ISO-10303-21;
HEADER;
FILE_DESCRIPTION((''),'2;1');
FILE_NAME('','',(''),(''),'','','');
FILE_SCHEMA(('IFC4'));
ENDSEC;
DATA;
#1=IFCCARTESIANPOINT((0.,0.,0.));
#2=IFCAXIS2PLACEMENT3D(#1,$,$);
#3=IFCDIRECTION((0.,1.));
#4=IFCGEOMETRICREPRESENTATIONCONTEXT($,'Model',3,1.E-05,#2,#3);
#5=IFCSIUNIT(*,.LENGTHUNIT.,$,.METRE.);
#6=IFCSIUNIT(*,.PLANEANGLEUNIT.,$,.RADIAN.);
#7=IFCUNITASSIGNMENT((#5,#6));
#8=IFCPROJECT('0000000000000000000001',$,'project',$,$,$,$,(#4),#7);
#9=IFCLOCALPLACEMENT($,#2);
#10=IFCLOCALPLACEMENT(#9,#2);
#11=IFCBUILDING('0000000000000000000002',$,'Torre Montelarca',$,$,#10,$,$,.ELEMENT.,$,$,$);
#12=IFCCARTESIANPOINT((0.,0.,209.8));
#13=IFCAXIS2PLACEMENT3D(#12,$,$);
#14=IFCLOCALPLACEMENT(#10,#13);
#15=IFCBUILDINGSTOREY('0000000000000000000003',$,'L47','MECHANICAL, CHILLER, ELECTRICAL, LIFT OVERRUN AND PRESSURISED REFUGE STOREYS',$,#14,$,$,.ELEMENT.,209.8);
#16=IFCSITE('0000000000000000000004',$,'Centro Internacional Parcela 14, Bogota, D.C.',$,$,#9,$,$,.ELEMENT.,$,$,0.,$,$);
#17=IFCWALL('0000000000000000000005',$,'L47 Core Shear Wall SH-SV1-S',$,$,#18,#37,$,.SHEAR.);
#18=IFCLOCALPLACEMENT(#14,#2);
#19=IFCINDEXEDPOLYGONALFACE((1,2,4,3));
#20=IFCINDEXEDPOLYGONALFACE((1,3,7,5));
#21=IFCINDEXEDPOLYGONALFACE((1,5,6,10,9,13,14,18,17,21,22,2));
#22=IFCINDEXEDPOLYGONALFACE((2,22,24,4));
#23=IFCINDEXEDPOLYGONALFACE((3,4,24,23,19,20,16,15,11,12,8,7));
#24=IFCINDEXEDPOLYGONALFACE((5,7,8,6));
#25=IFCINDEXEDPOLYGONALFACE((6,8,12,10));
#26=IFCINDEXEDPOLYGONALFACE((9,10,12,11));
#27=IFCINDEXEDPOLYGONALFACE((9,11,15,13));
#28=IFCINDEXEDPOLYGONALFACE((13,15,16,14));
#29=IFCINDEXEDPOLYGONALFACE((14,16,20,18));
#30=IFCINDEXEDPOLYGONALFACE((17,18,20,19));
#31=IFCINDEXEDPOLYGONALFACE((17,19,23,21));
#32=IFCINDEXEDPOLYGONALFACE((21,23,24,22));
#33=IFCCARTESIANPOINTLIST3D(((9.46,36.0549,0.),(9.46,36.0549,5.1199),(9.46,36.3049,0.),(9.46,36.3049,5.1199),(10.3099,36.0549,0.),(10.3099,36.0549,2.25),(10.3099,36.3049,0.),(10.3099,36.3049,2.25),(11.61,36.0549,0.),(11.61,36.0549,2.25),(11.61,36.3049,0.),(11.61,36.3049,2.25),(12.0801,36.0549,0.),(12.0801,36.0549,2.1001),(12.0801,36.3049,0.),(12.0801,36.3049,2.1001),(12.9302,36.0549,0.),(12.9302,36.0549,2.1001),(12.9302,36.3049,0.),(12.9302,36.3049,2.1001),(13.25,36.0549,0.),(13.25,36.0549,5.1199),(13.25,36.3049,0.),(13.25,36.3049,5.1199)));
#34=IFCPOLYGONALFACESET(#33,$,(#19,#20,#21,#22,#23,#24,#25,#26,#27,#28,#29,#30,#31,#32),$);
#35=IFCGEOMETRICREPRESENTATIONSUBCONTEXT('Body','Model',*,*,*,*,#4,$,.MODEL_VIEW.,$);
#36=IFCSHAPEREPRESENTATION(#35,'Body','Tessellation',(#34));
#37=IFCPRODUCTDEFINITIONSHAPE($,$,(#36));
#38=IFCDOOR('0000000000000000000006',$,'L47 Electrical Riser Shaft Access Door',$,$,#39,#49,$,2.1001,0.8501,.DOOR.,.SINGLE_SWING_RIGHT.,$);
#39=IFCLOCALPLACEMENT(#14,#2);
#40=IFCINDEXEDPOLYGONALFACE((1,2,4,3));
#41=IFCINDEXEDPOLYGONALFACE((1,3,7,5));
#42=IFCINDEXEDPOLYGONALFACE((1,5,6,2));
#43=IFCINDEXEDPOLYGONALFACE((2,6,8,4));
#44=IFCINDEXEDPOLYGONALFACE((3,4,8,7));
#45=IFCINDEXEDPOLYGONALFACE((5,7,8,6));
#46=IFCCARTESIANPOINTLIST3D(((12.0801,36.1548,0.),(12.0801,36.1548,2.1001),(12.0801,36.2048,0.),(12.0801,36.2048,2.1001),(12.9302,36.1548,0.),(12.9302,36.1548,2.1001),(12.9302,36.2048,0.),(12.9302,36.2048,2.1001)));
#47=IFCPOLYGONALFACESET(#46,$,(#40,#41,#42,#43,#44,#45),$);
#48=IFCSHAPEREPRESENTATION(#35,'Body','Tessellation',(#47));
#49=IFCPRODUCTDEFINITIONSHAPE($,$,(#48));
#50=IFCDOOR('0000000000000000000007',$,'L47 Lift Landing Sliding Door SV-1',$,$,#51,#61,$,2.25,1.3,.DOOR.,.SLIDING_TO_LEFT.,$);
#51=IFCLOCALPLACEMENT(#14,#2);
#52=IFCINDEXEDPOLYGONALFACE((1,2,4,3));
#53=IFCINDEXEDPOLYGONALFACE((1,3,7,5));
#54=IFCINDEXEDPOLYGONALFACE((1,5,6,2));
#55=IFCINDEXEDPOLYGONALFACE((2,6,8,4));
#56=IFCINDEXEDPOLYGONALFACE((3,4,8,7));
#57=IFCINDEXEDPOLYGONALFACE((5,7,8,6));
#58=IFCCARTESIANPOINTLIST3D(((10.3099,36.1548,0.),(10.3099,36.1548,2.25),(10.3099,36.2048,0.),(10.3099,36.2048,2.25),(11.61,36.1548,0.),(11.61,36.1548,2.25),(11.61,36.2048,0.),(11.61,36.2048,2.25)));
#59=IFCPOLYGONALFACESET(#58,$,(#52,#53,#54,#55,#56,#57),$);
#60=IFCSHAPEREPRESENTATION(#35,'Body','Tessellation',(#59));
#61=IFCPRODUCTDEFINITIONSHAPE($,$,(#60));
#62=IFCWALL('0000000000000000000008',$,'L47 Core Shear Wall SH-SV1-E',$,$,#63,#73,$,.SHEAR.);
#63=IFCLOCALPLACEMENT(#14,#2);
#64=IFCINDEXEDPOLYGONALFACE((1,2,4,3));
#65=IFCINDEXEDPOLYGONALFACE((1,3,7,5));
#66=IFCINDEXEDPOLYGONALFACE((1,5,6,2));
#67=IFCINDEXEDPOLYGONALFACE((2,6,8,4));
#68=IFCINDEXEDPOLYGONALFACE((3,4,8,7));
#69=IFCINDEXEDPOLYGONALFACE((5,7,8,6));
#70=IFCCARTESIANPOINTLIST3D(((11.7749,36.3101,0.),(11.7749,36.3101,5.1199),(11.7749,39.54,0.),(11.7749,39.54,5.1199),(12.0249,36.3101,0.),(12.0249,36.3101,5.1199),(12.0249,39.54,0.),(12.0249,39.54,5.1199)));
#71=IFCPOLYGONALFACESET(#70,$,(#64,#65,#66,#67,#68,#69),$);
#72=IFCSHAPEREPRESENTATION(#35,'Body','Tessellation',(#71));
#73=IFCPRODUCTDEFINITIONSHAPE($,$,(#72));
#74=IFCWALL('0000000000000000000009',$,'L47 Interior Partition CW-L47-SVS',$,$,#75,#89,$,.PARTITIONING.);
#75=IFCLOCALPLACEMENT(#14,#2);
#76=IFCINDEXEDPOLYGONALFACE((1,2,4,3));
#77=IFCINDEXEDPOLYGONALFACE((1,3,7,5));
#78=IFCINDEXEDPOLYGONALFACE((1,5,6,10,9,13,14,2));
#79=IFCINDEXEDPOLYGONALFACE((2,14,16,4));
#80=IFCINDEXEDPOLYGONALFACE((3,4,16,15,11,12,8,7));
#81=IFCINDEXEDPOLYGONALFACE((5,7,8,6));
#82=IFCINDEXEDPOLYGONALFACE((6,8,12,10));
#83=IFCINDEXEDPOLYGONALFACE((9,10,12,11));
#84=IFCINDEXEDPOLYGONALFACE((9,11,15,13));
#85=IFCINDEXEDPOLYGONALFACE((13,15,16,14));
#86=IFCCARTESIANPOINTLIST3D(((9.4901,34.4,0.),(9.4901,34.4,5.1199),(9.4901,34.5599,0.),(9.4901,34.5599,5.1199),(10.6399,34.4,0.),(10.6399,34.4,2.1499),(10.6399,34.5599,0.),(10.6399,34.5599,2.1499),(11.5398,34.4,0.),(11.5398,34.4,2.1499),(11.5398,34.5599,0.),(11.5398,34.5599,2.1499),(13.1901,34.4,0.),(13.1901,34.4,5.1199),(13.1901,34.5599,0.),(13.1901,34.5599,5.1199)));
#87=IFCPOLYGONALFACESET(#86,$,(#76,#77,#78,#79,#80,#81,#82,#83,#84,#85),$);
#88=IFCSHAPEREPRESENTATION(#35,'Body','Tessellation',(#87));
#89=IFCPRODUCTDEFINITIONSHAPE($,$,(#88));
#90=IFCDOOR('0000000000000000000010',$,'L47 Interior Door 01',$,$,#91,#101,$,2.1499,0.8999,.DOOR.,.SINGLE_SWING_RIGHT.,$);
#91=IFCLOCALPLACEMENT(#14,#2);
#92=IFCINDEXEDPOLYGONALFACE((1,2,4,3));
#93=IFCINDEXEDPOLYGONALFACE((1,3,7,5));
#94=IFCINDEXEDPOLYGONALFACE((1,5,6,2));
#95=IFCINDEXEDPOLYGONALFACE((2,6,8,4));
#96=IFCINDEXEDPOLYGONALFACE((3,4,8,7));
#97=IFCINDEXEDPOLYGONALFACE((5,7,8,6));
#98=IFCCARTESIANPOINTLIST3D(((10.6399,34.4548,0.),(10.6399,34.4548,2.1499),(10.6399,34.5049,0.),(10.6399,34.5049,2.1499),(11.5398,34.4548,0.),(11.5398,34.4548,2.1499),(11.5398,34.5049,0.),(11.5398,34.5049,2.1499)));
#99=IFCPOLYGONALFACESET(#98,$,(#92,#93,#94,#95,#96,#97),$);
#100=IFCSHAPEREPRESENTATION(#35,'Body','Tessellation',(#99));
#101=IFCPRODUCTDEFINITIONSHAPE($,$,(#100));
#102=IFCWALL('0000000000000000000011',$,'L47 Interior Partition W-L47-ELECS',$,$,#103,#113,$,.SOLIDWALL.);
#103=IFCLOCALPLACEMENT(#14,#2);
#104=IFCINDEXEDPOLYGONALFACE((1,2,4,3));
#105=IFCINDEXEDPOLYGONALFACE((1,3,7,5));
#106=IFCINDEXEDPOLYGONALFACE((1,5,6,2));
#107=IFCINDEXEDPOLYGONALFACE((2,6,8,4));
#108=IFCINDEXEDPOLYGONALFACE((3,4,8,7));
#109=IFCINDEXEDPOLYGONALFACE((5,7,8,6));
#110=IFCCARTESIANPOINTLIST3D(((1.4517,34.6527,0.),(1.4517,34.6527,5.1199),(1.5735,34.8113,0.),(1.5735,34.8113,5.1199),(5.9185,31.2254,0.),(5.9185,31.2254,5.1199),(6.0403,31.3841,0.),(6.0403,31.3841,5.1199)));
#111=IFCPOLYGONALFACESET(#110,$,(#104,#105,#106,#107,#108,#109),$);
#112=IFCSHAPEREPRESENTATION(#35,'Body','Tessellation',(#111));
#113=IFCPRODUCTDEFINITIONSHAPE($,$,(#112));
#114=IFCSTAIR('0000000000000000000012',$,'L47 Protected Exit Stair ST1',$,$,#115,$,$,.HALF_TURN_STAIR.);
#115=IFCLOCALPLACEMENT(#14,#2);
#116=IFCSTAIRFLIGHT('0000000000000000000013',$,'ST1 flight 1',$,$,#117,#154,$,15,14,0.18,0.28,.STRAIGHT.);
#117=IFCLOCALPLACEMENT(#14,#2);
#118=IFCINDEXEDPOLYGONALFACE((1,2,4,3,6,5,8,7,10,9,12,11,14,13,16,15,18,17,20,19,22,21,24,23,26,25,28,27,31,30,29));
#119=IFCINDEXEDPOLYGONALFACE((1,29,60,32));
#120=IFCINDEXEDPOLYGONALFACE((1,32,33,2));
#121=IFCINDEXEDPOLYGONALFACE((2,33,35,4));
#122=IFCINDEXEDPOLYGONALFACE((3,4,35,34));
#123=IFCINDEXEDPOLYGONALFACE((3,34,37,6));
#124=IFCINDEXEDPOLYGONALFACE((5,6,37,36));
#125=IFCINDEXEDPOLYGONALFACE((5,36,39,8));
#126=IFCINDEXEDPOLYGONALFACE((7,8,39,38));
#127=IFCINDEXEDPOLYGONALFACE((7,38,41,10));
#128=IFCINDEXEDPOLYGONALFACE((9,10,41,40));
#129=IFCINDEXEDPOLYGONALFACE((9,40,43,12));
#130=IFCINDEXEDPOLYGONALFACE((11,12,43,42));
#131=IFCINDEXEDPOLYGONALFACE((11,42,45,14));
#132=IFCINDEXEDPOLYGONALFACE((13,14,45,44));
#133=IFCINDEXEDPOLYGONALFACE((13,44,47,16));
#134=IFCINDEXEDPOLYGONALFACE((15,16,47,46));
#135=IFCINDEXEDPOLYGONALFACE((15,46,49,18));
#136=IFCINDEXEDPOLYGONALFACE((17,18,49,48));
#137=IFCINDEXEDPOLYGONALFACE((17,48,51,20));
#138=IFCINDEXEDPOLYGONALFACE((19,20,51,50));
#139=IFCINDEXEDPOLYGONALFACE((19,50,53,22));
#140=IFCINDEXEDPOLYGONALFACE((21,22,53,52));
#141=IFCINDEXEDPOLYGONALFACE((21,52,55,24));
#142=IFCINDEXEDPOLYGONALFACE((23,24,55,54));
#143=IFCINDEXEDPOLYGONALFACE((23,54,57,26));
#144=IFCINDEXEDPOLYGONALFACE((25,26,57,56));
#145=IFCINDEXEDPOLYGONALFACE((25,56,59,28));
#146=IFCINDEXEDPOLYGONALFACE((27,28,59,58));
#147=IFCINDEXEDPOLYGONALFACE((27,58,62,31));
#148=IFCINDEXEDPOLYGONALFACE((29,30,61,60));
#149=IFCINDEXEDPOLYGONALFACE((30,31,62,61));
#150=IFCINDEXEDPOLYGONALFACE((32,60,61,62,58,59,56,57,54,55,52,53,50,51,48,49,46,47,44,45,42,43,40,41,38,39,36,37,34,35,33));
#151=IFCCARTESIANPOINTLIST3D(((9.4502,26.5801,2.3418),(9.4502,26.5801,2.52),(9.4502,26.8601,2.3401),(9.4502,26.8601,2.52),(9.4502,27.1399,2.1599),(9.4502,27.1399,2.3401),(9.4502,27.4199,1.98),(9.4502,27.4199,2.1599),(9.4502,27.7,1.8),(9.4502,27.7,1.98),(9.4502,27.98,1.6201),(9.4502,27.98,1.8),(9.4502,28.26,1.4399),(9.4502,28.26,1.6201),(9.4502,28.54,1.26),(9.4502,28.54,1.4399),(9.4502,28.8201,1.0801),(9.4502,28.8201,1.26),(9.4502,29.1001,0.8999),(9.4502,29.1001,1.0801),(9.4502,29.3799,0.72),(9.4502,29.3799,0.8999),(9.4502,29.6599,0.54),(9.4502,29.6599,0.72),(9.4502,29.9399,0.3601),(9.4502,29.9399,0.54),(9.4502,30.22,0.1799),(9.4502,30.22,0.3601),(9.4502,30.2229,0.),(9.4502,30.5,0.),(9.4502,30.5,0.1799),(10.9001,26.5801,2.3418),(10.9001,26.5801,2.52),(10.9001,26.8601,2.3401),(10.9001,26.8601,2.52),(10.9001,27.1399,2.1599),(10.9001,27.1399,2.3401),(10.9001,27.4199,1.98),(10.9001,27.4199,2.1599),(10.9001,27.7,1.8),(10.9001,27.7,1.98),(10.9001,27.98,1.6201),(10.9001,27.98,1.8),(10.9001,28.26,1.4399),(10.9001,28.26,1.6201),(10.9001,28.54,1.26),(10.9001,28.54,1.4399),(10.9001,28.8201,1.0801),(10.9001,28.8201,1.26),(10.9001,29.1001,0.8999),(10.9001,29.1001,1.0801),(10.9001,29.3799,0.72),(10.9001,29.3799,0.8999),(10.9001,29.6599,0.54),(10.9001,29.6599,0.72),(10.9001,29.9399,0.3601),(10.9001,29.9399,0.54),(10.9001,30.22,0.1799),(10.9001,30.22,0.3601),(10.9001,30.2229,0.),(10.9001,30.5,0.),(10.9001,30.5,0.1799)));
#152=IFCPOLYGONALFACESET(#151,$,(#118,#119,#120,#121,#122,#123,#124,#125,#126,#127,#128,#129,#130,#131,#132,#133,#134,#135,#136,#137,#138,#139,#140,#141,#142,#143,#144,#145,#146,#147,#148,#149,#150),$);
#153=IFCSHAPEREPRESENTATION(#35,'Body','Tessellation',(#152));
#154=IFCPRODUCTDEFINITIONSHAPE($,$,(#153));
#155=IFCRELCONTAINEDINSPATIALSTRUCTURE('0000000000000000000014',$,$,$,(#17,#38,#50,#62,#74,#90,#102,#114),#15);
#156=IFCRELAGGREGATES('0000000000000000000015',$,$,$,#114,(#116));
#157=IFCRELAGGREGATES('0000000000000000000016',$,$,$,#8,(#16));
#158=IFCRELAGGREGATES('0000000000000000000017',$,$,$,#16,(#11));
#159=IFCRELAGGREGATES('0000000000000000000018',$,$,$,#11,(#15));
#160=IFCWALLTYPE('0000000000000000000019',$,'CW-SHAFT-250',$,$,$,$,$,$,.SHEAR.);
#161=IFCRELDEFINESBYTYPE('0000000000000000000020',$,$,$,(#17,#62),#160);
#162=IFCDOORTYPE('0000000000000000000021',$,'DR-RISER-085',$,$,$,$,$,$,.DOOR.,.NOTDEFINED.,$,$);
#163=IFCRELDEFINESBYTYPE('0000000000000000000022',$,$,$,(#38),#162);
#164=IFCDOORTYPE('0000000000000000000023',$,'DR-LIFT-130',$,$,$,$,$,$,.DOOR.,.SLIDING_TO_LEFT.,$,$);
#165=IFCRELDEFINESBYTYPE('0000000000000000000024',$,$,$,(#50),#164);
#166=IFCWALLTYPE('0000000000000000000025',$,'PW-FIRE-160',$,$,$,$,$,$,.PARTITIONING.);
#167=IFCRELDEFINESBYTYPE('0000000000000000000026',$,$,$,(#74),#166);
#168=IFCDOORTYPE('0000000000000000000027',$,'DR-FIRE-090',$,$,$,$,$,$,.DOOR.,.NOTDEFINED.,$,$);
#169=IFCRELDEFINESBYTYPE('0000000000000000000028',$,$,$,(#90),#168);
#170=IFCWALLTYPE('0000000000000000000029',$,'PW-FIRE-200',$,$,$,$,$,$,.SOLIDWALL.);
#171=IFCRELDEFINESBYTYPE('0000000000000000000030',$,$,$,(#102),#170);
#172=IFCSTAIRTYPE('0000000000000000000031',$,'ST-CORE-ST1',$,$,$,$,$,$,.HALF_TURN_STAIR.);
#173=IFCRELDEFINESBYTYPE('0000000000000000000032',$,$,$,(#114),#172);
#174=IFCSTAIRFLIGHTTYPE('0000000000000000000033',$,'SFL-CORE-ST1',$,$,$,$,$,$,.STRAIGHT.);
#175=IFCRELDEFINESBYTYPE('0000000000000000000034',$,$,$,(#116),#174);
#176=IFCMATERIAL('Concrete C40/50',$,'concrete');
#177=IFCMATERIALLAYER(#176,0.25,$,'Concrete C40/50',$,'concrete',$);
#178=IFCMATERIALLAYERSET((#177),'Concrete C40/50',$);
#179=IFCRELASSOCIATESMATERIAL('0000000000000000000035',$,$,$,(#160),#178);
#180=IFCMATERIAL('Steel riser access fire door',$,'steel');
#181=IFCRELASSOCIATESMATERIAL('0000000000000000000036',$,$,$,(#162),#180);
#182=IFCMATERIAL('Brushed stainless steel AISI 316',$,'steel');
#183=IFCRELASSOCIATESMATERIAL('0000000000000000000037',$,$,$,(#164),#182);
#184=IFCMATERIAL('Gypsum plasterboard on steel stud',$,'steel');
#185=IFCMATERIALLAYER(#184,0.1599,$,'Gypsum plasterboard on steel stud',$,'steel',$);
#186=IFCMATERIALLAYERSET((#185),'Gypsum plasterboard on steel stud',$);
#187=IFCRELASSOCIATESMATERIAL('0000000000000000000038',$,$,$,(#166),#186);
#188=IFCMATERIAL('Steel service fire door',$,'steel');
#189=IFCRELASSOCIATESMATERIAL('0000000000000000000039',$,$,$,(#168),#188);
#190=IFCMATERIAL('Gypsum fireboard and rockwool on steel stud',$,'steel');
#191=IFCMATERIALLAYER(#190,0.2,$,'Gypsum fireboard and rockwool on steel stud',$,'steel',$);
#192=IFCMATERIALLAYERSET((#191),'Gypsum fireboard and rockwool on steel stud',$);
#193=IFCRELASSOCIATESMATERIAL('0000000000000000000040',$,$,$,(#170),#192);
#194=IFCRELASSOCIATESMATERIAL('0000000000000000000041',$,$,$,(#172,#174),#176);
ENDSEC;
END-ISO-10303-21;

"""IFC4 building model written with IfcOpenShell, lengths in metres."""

from ifc_helpers import new_model, si_unit, direction, frame, frame_2d, origin, place, context, subcontext, project, spatial, polyline, rectangle, outline, extrude, source, transform, mapped, material, layer, layer_set, type_object, element, fill, aggregate, save


model = new_model("IFC4")

# Units and contexts
model_context = context("Model", 3, precision=1e-05, world=origin(), true_north=direction((0.0, 1.0)))
body_context = subcontext(model_context, "Body", "Model", "MODEL_VIEW")
ifc_project = project(units=[si_unit("LENGTHUNIT", "METRE"), si_unit("PLANEANGLEUNIT", "RADIAN")], contexts=[model_context])

# Site, building, storey
site_placement = place(None, origin())
site = spatial("IfcSite", under=ifc_project, at=site_placement, Name="Centro Internacional Parcela 14, Bogota, D.C.", CompositionType="ELEMENT", RefElevation=0.0)
building_placement = place(site_placement, origin())
building = spatial("IfcBuilding", under=site, at=building_placement, Name="Torre Montelarca", CompositionType="ELEMENT")
storey_placement = place(building_placement, frame((0.0, 0.0, 209.8)))
storey = spatial("IfcBuildingStorey", under=building, at=storey_placement, Name="L47", Description="MECHANICAL, CHILLER, ELECTRICAL, LIFT OVERRUN AND PRESSURISED REFUGE STOREYS", CompositionType="ELEMENT", Elevation=209.8)

# Shared definitions
ifc_material_1 = material(Name="Concrete C40/50", Category="concrete")
ifc_layer_1 = layer(ifc_material_1, 0.25, Name="Concrete C40/50", Category="concrete")
ifc_layer_set_1 = layer_set([ifc_layer_1], Name="Concrete C40/50")
wall_type_1 = type_object("IfcWallType", Name="CW-SHAFT-250", PredefinedType="SHEAR", material=ifc_layer_set_1)

# Wall, openings, doors
wall_1_placement = place(storey_placement, frame((9.46, 36.1799, 0.0), z_axis=(0.0, 0.0, 1.0), x_axis=(1.0, 0.0, 0.0)))
wall_1 = element("IfcWall", 1, at=wall_1_placement, inside=storey, type_object=wall_type_1, Name="L47 Core Shear Wall SH-SV1-S", PredefinedType="SHEAR", context=body_context, shape_type="SweptSolid", body=[
    extrude(rectangle(XDim=3.79, YDim=0.25, at=frame_2d((1.895, 0.0))), origin(), (0.0, 0.0, 1.0), 5.1199),
])
opening_1_placement = place(wall_1_placement, frame((2.6201, 0.0, 0.0)))
opening_1 = element("IfcOpeningElement", 2, at=opening_1_placement, cuts=wall_1, PredefinedType="OPENING", context=body_context, shape_type="SweptSolid", body=[
    extrude(rectangle(XDim=0.8501, YDim=2.1001, at=frame_2d((0.425, 1.05))), frame((0.0, 0.135, 0.0), z_axis=(0.0, -1.0, 0.0), x_axis=(1.0, 0.0, 0.0)), (0.0, 0.0, 1.0), 0.27),
])
opening_2_placement = place(wall_1_placement, frame((0.8501, 0.0, 0.0)))
opening_2 = element("IfcOpeningElement", 3, at=opening_2_placement, cuts=wall_1, PredefinedType="OPENING", context=body_context, shape_type="SweptSolid", body=[
    extrude(rectangle(XDim=1.3, YDim=2.25, at=frame_2d((0.6499, 1.125))), frame((0.0, 0.135, 0.0), z_axis=(0.0, -1.0, 0.0), x_axis=(1.0, 0.0, 0.0)), (0.0, 0.0, 1.0), 0.27),
])
ifc_material_2 = material(Name="Steel riser access fire door", Category="steel")
door_type_1 = type_object("IfcDoorType", Name="DR-RISER-085", OperationType="NOTDEFINED", PredefinedType="DOOR", material=ifc_material_2)
shared_shape_1 = source(origin(), body_context, "Body", "SweptSolid", [
    extrude(rectangle(XDim=0.8501, YDim=2.1001, at=frame_2d((0.425, 1.05))), frame((0.0, 0.0249, 0.0), z_axis=(0.0, -1.0, 0.0), x_axis=(1.0, 0.0, 0.0)), (0.0, 0.0, 1.0), 0.05),
])
door_1_placement = place(opening_1_placement, origin())
door_1 = element("IfcDoor", 4, at=door_1_placement, inside=storey, type_object=door_type_1, Name="L47 Electrical Riser Shaft Access Door", OperationType="SINGLE_SWING_RIGHT", OverallHeight=2.1001, OverallWidth=0.8501, PredefinedType="DOOR", context=body_context, shape_type="MappedRepresentation", body=[
    mapped(shared_shape_1, transform((0.0, 0.0, 0.0), scale=1.0)),
])
fill(opening_1, door_1)
ifc_material_3 = material(Name="Brushed stainless steel AISI 316", Category="steel")
door_type_2 = type_object("IfcDoorType", Name="DR-LIFT-130", OperationType="SLIDING_TO_LEFT", PredefinedType="DOOR", material=ifc_material_3)
shared_shape_2 = source(origin(), body_context, "Body", "SweptSolid", [
    extrude(rectangle(XDim=1.3, YDim=2.25, at=frame_2d((0.6499, 1.125))), frame((0.0, 0.0249, 0.0), z_axis=(0.0, -1.0, 0.0), x_axis=(1.0, 0.0, 0.0)), (0.0, 0.0, 1.0), 0.05),
])
door_2_placement = place(opening_2_placement, origin())
door_2 = element("IfcDoor", 5, at=door_2_placement, inside=storey, type_object=door_type_2, Name="L47 Lift Landing Sliding Door SV-1", OperationType="SLIDING_TO_LEFT", OverallHeight=2.25, OverallWidth=1.3, PredefinedType="DOOR", context=body_context, shape_type="MappedRepresentation", body=[
    mapped(shared_shape_2, transform((0.0, 0.0, 0.0), scale=1.0)),
])
fill(opening_2, door_2)

# Wall
wall_2_placement = place(storey_placement, frame((11.8999, 36.3101, 0.0), z_axis=(0.0, 0.0, 1.0), x_axis=(0.0, 1.0, 0.0)))
element("IfcWall", 6, at=wall_2_placement, inside=storey, type_object=wall_type_1, Name="L47 Core Shear Wall SH-SV1-E", PredefinedType="SHEAR", context=body_context, shape_type="SweptSolid", body=[
    extrude(rectangle(XDim=3.23, YDim=0.25, at=frame_2d((1.615, 0.0))), origin(), (0.0, 0.0, 1.0), 5.1199),
])

# Wall, opening, door
ifc_material_4 = material(Name="Gypsum plasterboard on steel stud", Category="steel")
ifc_layer_2 = layer(ifc_material_4, 0.1599, Name="Gypsum plasterboard on steel stud", Category="steel")
ifc_layer_set_2 = layer_set([ifc_layer_2], Name="Gypsum plasterboard on steel stud")
wall_type_2 = type_object("IfcWallType", Name="PW-FIRE-160", PredefinedType="PARTITIONING", material=ifc_layer_set_2)
wall_3_placement = place(storey_placement, frame((9.49, 34.48, 0.0), z_axis=(0.0, 0.0, 1.0), x_axis=(1.0, 0.0, 0.0)))
wall_3 = element("IfcWall", 7, at=wall_3_placement, inside=storey, type_object=wall_type_2, Name="L47 Interior Partition CW-L47-SVS", PredefinedType="PARTITIONING", context=body_context, shape_type="SweptSolid", body=[
    extrude(rectangle(XDim=3.7, YDim=0.1599, at=frame_2d((1.8501, 0.0))), origin(), (0.0, 0.0, 1.0), 5.1199),
])
opening_3_placement = place(wall_3_placement, frame((1.1499, 0.0, 0.0)))
opening_3 = element("IfcOpeningElement", 8, at=opening_3_placement, cuts=wall_3, PredefinedType="OPENING", context=body_context, shape_type="SweptSolid", body=[
    extrude(rectangle(XDim=0.8999, YDim=2.1499, at=frame_2d((0.45, 1.075))), frame((0.0, 0.0898, 0.0), z_axis=(0.0, -1.0, 0.0), x_axis=(1.0, 0.0, 0.0)), (0.0, 0.0, 1.0), 0.1799),
])
ifc_material_5 = material(Name="Steel service fire door", Category="steel")
door_type_3 = type_object("IfcDoorType", Name="DR-FIRE-090", OperationType="NOTDEFINED", PredefinedType="DOOR", material=ifc_material_5)
shared_shape_3 = source(origin(), body_context, "Body", "SweptSolid", [
    extrude(rectangle(XDim=0.8999, YDim=2.1499, at=frame_2d((0.45, 1.075))), frame((0.0, 0.0249, 0.0), z_axis=(0.0, -1.0, 0.0), x_axis=(1.0, 0.0, 0.0)), (0.0, 0.0, 1.0), 0.05),
])
door_3_placement = place(opening_3_placement, origin())
door_3 = element("IfcDoor", 9, at=door_3_placement, inside=storey, type_object=door_type_3, Name="L47 Interior Door 01", OperationType="SINGLE_SWING_RIGHT", OverallHeight=2.1499, OverallWidth=0.8999, PredefinedType="DOOR", context=body_context, shape_type="MappedRepresentation", body=[
    mapped(shared_shape_3, transform((0.0, 0.0, 0.0), scale=1.0)),
])
fill(opening_3, door_3)

# Wall
ifc_material_6 = material(Name="Gypsum fireboard and rockwool on steel stud", Category="steel")
ifc_layer_3 = layer(ifc_material_6, 0.2, Name="Gypsum fireboard and rockwool on steel stud", Category="steel")
ifc_layer_set_3 = layer_set([ifc_layer_3], Name="Gypsum fireboard and rockwool on steel stud")
wall_type_3 = type_object("IfcWallType", Name="PW-FIRE-200", PredefinedType="SOLIDWALL", material=ifc_layer_set_3)
wall_4_placement = place(storey_placement, frame((1.5127, 34.7319, 0.0), z_axis=(0.0, 0.0, 1.0), x_axis=(0.793375, -0.608734, 0.0)))
element("IfcWall", 10, at=wall_4_placement, inside=storey, type_object=wall_type_3, Name="L47 Interior Partition W-L47-ELECS", PredefinedType="SOLIDWALL", context=body_context, shape_type="SweptSolid", body=[
    extrude(rectangle(XDim=5.6301, YDim=0.2, at=frame_2d((2.8149, 0.0))), origin(), (0.0, 0.0, 1.0), 5.1199),
])

# Stair, stair flight
stair_type = type_object("IfcStairType", Name="ST-CORE-ST1", PredefinedType="HALF_TURN_STAIR", material=ifc_material_1)
stair_placement = place(storey_placement, origin())
stair = element("IfcStair", 11, at=stair_placement, inside=storey, type_object=stair_type, Name="L47 Protected Exit Stair ST1", PredefinedType="HALF_TURN_STAIR")
stair_flight_type = type_object("IfcStairFlightType", Name="SFL-CORE-ST1", PredefinedType="STRAIGHT", material=ifc_material_1)
stair_flight_placement = place(storey_placement, frame((10.175, 30.5, 0.0), z_axis=(0.0, 0.0, 1.0), x_axis=(0.0, -1.0, 0.0)))
stair_flight = element("IfcStairFlight", 12, at=stair_flight_placement, type_object=stair_flight_type, Name="ST1 flight 1", NumberOfRisers=15, NumberOfTreads=14, PredefinedType="STRAIGHT", RiserHeight=0.18, TreadLength=0.28, context=body_context, shape_type="SweptSolid", body=[
    extrude(outline(polyline([(0.0, 0.0), (0.0, 0.1799), (0.28, 0.1799), (0.28, 0.3601), (0.5601, 0.3601), (0.5601, 0.54), (0.8401, 0.54), (0.8401, 0.72), (1.1201, 0.72), (1.1201, 0.8999), (1.3999, 0.8999), (1.3999, 1.0801), (1.6799, 1.0801), (1.6799, 1.26), (1.96, 1.26), (1.96, 1.4399), (2.24, 1.4399), (2.24, 1.6201), (2.52, 1.6201), (2.52, 1.8), (2.8, 1.8), (2.8, 1.98), (3.0801, 1.98), (3.0801, 2.1599), (3.3601, 2.1599), (3.3601, 2.3401), (3.6399, 2.3401), (3.6399, 2.52), (3.9199, 2.52), (3.9199, 2.7), (3.9199, 2.3418), (0.2771, 0.0), (0.0, 0.0)])), frame((0.0, 0.7251, 0.0), z_axis=(0.0, -1.0, 0.0), x_axis=(1.0, 0.0, 0.0)), (0.0, 0.0, 1.0), 1.45),
])
aggregate(stair, [stair_flight])

save(model, "model.ifc")
